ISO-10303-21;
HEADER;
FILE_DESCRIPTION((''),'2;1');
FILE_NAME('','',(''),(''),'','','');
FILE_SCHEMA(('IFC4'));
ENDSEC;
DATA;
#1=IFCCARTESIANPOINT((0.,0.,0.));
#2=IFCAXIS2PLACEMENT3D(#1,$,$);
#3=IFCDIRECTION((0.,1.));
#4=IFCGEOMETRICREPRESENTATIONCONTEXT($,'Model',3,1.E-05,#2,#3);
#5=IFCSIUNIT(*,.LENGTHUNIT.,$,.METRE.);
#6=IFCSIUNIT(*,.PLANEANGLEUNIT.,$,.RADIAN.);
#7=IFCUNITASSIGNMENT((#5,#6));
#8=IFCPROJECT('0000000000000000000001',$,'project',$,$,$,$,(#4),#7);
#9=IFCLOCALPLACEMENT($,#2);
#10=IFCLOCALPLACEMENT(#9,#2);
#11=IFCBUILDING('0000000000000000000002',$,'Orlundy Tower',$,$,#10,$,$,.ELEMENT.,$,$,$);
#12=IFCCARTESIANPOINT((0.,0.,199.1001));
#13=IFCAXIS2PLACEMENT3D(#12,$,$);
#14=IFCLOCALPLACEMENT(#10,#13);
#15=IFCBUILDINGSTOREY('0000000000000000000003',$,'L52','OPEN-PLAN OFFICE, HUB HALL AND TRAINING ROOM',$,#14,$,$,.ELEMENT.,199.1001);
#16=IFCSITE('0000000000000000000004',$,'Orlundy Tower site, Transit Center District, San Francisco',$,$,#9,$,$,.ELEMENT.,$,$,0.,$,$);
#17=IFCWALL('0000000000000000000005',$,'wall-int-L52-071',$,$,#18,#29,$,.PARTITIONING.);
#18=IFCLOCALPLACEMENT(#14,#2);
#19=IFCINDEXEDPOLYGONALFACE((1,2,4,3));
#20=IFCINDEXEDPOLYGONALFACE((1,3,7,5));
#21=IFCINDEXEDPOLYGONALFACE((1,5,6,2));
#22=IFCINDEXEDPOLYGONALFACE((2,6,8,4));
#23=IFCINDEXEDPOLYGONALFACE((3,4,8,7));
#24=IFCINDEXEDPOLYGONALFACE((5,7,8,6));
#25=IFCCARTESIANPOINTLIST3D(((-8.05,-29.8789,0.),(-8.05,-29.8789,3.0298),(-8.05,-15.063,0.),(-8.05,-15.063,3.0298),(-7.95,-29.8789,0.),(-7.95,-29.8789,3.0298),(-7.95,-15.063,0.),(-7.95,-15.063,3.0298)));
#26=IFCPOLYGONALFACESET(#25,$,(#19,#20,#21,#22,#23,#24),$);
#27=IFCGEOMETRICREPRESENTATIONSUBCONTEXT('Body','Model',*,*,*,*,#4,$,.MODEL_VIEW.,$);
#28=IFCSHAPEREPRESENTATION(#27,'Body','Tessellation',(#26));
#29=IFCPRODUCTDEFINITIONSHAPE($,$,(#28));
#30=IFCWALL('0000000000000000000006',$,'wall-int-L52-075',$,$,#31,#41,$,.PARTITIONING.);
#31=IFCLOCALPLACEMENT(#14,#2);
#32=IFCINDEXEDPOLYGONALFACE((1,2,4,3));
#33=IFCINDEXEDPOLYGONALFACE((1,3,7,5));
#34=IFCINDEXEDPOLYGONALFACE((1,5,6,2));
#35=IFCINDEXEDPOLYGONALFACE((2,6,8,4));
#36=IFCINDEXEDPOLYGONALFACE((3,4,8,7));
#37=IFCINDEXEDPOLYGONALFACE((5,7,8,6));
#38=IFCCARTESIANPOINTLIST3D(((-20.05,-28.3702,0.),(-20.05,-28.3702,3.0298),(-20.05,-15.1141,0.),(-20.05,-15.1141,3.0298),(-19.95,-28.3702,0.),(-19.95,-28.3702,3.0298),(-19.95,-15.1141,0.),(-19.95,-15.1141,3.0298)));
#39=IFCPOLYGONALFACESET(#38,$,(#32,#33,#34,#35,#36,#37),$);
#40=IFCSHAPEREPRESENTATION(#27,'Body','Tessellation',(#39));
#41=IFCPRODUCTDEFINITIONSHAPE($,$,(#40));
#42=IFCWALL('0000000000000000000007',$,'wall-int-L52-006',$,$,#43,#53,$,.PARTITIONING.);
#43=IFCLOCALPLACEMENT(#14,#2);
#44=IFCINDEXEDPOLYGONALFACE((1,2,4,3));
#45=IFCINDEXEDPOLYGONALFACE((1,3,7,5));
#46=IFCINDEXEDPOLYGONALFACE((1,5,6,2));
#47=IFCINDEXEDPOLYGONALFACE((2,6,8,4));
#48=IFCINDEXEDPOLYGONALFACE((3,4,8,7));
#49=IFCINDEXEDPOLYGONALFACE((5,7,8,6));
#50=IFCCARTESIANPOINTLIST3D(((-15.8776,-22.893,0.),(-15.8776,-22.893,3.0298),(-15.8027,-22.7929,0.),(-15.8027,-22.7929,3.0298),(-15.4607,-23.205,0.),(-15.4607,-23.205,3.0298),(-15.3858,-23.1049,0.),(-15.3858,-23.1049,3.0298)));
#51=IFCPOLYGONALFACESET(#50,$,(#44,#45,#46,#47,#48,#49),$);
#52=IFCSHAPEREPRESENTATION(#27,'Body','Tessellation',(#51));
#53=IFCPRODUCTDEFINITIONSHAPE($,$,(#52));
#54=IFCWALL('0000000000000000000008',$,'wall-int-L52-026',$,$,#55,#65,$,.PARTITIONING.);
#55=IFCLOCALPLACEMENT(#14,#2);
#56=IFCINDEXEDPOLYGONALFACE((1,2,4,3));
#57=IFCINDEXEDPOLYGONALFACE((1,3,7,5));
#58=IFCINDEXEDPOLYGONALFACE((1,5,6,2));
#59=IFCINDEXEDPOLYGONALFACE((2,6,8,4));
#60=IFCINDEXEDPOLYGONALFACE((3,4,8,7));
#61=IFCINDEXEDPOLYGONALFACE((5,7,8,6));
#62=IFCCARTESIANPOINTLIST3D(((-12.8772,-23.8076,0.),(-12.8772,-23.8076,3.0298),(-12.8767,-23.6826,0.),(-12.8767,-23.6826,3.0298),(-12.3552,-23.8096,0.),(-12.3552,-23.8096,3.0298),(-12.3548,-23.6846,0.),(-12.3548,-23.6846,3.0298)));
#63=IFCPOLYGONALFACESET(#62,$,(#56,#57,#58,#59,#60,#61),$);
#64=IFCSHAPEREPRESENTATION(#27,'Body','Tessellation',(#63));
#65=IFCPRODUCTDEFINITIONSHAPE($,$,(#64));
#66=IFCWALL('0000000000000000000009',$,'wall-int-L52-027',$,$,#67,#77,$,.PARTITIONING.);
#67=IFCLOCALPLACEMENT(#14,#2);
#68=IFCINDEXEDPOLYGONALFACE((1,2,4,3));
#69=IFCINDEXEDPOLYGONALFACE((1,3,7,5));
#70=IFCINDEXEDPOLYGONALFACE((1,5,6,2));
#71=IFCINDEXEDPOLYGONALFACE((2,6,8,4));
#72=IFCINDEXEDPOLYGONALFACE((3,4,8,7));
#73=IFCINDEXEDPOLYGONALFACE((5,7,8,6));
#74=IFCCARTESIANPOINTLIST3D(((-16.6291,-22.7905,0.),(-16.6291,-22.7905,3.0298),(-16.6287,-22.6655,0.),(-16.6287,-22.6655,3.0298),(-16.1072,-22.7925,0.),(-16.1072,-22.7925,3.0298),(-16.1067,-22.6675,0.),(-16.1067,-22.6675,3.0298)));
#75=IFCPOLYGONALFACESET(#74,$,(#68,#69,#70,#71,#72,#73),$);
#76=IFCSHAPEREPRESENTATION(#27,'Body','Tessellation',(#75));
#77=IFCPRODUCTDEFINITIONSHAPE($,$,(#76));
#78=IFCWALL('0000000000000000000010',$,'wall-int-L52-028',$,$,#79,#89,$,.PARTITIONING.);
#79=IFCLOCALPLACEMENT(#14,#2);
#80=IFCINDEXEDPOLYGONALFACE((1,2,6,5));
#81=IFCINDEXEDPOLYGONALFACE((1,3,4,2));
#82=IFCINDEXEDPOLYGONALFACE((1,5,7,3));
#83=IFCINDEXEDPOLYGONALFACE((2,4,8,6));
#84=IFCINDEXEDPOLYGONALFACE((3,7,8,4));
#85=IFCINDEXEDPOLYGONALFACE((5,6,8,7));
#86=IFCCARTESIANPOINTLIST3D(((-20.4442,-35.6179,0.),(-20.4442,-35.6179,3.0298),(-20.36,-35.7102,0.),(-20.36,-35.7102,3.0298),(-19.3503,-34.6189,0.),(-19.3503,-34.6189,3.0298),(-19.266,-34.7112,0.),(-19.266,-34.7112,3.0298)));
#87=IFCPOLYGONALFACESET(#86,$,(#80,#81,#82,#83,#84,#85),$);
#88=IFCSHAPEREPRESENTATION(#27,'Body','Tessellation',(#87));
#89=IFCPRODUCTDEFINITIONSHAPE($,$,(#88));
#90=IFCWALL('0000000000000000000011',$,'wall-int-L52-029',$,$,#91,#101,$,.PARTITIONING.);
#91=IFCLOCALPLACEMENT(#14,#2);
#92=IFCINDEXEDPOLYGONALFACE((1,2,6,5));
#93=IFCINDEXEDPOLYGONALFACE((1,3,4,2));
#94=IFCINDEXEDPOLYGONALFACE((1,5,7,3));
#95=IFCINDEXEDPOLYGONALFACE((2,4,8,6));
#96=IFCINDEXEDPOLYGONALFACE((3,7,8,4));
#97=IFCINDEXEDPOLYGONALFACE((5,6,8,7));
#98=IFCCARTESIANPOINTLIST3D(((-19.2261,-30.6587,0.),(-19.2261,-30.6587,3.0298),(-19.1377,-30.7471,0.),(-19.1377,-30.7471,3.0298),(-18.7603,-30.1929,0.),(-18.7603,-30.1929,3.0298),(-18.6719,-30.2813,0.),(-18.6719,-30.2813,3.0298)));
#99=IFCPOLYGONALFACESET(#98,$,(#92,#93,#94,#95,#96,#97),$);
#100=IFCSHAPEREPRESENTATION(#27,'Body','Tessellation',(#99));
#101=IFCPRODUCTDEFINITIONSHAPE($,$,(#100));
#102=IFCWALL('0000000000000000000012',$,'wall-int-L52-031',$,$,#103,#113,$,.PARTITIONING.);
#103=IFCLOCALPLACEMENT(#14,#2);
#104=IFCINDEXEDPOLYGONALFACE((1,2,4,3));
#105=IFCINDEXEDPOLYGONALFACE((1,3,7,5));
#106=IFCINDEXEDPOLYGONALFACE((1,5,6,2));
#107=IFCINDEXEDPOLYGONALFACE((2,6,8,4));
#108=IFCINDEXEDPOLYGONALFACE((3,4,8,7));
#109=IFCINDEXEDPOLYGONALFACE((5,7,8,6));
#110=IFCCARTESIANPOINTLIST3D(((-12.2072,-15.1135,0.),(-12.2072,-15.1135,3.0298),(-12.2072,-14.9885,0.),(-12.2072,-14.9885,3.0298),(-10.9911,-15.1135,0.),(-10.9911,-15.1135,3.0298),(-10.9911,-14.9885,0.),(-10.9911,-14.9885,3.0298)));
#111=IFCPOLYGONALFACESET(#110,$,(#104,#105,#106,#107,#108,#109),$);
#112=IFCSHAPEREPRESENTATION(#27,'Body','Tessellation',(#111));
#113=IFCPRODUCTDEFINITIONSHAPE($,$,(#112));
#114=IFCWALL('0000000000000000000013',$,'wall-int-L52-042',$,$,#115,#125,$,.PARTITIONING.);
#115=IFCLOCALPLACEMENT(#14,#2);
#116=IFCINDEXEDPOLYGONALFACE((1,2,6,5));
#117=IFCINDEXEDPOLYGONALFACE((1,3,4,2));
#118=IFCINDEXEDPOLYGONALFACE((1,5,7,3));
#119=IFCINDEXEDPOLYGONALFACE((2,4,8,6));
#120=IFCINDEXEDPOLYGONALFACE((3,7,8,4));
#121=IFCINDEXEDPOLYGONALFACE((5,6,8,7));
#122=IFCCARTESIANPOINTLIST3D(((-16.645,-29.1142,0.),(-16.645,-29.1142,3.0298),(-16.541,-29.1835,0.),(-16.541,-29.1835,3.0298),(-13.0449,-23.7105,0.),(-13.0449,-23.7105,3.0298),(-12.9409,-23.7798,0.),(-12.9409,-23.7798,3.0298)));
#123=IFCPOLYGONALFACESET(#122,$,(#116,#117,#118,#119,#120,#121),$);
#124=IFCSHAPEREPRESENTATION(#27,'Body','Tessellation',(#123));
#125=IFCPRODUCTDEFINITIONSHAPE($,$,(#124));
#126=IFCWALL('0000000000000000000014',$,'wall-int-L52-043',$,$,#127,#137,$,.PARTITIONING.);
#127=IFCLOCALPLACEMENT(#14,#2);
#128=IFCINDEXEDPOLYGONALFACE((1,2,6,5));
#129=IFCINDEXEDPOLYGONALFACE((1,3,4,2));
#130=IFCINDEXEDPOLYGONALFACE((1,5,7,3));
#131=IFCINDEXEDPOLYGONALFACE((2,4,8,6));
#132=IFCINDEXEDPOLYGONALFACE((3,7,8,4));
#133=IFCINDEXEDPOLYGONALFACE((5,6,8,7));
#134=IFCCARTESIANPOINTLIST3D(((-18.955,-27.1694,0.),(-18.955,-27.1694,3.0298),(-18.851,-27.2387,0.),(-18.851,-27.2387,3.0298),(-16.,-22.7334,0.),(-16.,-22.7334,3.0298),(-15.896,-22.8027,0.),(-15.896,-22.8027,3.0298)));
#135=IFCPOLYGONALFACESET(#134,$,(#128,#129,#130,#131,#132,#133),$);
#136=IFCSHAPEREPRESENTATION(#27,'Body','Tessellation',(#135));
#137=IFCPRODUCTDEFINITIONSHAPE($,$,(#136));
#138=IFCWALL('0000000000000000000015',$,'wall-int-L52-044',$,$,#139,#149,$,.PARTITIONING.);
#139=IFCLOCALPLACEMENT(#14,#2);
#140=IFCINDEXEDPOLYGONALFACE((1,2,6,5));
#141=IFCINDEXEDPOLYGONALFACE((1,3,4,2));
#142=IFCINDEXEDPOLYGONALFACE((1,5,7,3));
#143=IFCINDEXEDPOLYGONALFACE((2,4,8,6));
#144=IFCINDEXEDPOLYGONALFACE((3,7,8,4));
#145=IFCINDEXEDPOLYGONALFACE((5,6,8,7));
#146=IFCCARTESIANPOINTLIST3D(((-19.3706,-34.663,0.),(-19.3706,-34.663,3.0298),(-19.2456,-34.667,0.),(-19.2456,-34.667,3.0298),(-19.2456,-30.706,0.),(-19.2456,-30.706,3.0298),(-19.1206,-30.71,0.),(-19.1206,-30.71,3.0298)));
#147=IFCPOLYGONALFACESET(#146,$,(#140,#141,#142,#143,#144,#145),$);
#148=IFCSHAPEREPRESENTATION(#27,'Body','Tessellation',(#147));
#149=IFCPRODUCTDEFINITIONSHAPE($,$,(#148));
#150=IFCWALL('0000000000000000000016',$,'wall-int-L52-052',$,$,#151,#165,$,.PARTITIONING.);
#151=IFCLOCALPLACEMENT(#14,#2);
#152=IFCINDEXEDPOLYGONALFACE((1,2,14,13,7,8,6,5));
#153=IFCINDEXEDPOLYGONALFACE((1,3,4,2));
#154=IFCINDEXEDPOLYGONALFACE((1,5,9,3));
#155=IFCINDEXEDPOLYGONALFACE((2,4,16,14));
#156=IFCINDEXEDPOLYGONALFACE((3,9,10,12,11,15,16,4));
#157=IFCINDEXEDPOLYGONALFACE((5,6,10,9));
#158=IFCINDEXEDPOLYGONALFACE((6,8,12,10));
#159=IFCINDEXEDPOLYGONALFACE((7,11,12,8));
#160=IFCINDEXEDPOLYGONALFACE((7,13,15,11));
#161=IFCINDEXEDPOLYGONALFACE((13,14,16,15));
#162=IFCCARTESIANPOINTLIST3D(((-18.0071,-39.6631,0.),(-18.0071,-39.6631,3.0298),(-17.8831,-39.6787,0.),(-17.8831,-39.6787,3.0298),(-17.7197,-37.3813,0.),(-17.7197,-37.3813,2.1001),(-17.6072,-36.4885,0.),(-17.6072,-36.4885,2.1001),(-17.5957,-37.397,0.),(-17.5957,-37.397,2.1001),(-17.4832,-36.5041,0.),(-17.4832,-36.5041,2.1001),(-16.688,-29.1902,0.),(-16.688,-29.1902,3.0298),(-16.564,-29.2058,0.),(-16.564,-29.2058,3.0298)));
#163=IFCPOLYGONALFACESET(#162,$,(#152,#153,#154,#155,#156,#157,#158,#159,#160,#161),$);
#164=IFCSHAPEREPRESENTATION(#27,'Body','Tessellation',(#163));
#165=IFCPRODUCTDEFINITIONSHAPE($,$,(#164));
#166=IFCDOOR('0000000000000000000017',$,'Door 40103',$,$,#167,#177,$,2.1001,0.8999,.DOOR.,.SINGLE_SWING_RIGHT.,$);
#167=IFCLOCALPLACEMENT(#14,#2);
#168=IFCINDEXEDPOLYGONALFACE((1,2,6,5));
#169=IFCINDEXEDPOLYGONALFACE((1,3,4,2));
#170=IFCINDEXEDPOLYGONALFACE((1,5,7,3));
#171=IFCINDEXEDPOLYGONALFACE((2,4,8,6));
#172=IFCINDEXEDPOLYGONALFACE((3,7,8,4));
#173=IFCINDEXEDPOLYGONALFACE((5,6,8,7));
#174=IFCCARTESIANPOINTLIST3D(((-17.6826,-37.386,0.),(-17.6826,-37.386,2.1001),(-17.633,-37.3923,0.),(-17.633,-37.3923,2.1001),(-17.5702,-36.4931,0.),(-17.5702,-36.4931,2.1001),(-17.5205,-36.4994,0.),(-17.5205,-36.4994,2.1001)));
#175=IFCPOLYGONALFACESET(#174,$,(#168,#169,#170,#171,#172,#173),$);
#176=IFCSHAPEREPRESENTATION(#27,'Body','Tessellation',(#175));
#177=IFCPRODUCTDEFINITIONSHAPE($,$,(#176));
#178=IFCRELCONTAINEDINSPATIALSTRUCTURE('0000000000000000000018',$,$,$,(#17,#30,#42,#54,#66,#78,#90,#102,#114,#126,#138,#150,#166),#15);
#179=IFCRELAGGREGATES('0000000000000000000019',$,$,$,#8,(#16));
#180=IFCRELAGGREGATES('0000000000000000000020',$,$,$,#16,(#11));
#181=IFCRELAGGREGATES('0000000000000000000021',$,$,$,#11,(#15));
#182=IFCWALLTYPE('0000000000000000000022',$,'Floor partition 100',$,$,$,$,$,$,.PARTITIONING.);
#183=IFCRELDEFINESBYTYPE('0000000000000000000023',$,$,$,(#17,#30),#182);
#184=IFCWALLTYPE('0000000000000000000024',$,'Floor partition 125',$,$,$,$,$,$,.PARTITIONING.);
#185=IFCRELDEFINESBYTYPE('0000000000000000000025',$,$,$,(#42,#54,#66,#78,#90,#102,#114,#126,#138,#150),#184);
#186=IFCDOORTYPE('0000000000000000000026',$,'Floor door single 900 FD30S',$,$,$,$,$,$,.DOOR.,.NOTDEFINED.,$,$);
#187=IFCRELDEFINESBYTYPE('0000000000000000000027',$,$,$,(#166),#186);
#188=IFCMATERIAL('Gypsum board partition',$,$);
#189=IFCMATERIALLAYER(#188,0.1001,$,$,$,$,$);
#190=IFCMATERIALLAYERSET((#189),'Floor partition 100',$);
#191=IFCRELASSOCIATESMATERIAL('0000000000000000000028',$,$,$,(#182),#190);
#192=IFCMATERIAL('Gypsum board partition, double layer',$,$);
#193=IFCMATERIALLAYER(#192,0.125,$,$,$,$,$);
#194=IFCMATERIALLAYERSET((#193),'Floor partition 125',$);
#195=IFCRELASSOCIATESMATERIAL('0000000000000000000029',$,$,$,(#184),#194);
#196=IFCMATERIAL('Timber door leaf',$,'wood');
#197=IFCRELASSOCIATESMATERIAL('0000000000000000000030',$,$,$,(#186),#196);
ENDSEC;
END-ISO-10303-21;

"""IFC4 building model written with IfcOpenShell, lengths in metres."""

from ifc_helpers import new_model, si_unit, direction, frame, frame_2d, origin, place, context, subcontext, project, spatial, rectangle, extrude, material, layer, layer_set, type_object, element, fill, save


model = new_model("IFC4")

# Units and contexts
model_context = context("Model", 3, precision=1e-05, world=origin(), true_north=direction((0.0, 1.0)))
body_context = subcontext(model_context, "Body", "Model", "MODEL_VIEW")
ifc_project = project(units=[si_unit("LENGTHUNIT", "METRE"), si_unit("PLANEANGLEUNIT", "RADIAN")], contexts=[model_context])

# Site, building, storey
site_placement = place(None, origin())
site = spatial("IfcSite", under=ifc_project, at=site_placement, Name="Orlundy Tower site, Transit Center District, San Francisco", CompositionType="ELEMENT", RefElevation=0.0)
building_placement = place(site_placement, origin())
building = spatial("IfcBuilding", under=site, at=building_placement, Name="Orlundy Tower", CompositionType="ELEMENT")
storey_placement = place(building_placement, frame((0.0, 0.0, 199.1001)))
storey = spatial("IfcBuildingStorey", under=building, at=storey_placement, Name="L52", Description="OPEN-PLAN OFFICE, HUB HALL AND TRAINING ROOM", CompositionType="ELEMENT", Elevation=199.1001)

# Walls
ifc_material_1 = material(Name="Gypsum board partition")
ifc_layer_1 = layer(ifc_material_1, 0.1001)
ifc_layer_set_1 = layer_set([ifc_layer_1], Name="Floor partition 100")
wall_type_1 = type_object("IfcWallType", Name="Floor partition 100", PredefinedType="PARTITIONING", material=ifc_layer_set_1)
wall_1_placement = place(storey_placement, frame((-8.0, -29.8789, 0.0), z_axis=(0.0, 0.0, 1.0), x_axis=(0.0, 1.0, 0.0)))
element("IfcWall", 1, at=wall_1_placement, inside=storey, type_object=wall_type_1, Name="wall-int-L52-071", PredefinedType="PARTITIONING", context=body_context, shape_type="SweptSolid", body=[
    extrude(rectangle(XDim=14.8159, YDim=0.1001, at=frame_2d((7.408, 0.0))), origin(), (0.0, 0.0, 1.0), 3.0298),
])
wall_2_placement = place(storey_placement, frame((-20.0, -28.3701, 0.0), z_axis=(0.0, 0.0, 1.0), x_axis=(0.0, 1.0, 0.0)))
element("IfcWall", 2, at=wall_2_placement, inside=storey, type_object=wall_type_1, Name="wall-int-L52-075", PredefinedType="PARTITIONING", context=body_context, shape_type="SweptSolid", body=[
    extrude(rectangle(XDim=13.2561, YDim=0.1001, at=frame_2d((6.6279, 0.0))), origin(), (0.0, 0.0, 1.0), 3.0298),
])
ifc_material_2 = material(Name="Gypsum board partition, double layer")
ifc_layer_2 = layer(ifc_material_2, 0.125)
ifc_layer_set_2 = layer_set([ifc_layer_2], Name="Floor partition 125")
wall_type_2 = type_object("IfcWallType", Name="Floor partition 125", PredefinedType="PARTITIONING", material=ifc_layer_set_2)
wall_3_placement = place(storey_placement, frame((-15.8401, -22.843, 0.0), z_axis=(0.0, 0.0, 1.0), x_axis=(0.800675, -0.5991, 0.0)))
element("IfcWall", 3, at=wall_3_placement, inside=storey, type_object=wall_type_2, Name="wall-int-L52-006", PredefinedType="PARTITIONING", context=body_context, shape_type="SweptSolid", body=[
    extrude(rectangle(XDim=0.5208, YDim=0.125, at=frame_2d((0.2603, 0.0))), origin(), (0.0, 0.0, 1.0), 3.0298),
])
for number, where, z_axis, x_axis, name in (
    (4, (-12.877, -23.7451, 0.0), (0.0, 0.0, 1.0), (0.999993, -0.003742, 0.0), "wall-int-L52-026"),
    (5, (-16.6289, -22.728, 0.0), (0.0, 0.0, 1.0), (0.999993, -0.003742, 0.0), "wall-int-L52-027"),
):
    element("IfcWall", number, at=place(storey_placement, frame(where, z_axis=z_axis, x_axis=x_axis)), inside=storey, type_object=wall_type_2, Name=name, PredefinedType="PARTITIONING", context=body_context, shape_type="SweptSolid", body=[
        extrude(rectangle(XDim=0.522, YDim=0.125, at=frame_2d((0.261, 0.0))), origin(), (0.0, 0.0, 1.0), 3.0298),
    ])
wall_4_placement = place(storey_placement, frame((-20.4021, -35.6641, 0.0), z_axis=(0.0, 0.0, 1.0), x_axis=(0.738432, 0.674328, 0.0)))
element("IfcWall", 6, at=wall_4_placement, inside=storey, type_object=wall_type_2, Name="wall-int-L52-028", PredefinedType="PARTITIONING", context=body_context, shape_type="SweptSolid", body=[
    extrude(rectangle(XDim=1.4814, YDim=0.125, at=frame_2d((0.7407, 0.0))), origin(), (0.0, 0.0, 1.0), 3.0298),
])
wall_5_placement = place(storey_placement, frame((-19.1819, -30.7029, 0.0), z_axis=(0.0, 0.0, 1.0), x_axis=(0.707107, 0.707107, 0.0)))
element("IfcWall", 7, at=wall_5_placement, inside=storey, type_object=wall_type_2, Name="wall-int-L52-029", PredefinedType="PARTITIONING", context=body_context, shape_type="SweptSolid", body=[
    extrude(rectangle(XDim=0.6587, YDim=0.125, at=frame_2d((0.3293, 0.0))), origin(), (0.0, 0.0, 1.0), 3.0298),
])
wall_6_placement = place(storey_placement, frame((-12.207, -15.051, 0.0), z_axis=(0.0, 0.0, 1.0), x_axis=(1.0, 0.0, 0.0)))
element("IfcWall", 8, at=wall_6_placement, inside=storey, type_object=wall_type_2, Name="wall-int-L52-031", PredefinedType="PARTITIONING", context=body_context, shape_type="SweptSolid", body=[
    extrude(rectangle(XDim=1.2161, YDim=0.125, at=frame_2d((0.6079, 0.0))), origin(), (0.0, 0.0, 1.0), 3.0298),
])
wall_7_placement = place(storey_placement, frame((-12.9929, -23.7451, 0.0), z_axis=(0.0, 0.0, 1.0), x_axis=(-0.55444, -0.832224, 0.0)))
element("IfcWall", 9, at=wall_7_placement, inside=storey, type_object=wall_type_2, Name="wall-int-L52-042", PredefinedType="PARTITIONING", context=body_context, shape_type="SweptSolid", body=[
    extrude(rectangle(XDim=6.4932, YDim=0.125, at=frame_2d((3.2466, 0.0))), origin(), (0.0, 0.0, 1.0), 3.0298),
])
wall_8_placement = place(storey_placement, frame((-15.948, -22.7681, 0.0), z_axis=(0.0, 0.0, 1.0), x_axis=(-0.554404, -0.832248, 0.0)))
element("IfcWall", 10, at=wall_8_placement, inside=storey, type_object=wall_type_2, Name="wall-int-L52-043", PredefinedType="PARTITIONING", context=body_context, shape_type="SweptSolid", body=[
    extrude(rectangle(XDim=5.3301, YDim=0.125, at=frame_2d((2.665, 0.0))), origin(), (0.0, 0.0, 1.0), 3.0298),
])
wall_9_placement = place(storey_placement, frame((-19.1831, -30.708, 0.0), z_axis=(0.0, 0.0, 1.0), x_axis=(-0.031574, -0.999501, 0.0)))
element("IfcWall", 11, at=wall_9_placement, inside=storey, type_object=wall_type_2, Name="wall-int-L52-044", PredefinedType="PARTITIONING", context=body_context, shape_type="SweptSolid", body=[
    extrude(rectangle(XDim=3.959, YDim=0.125, at=frame_2d((1.9795, 0.0))), origin(), (0.0, 0.0, 1.0), 3.0298),
])

# Wall, opening, door
wall_10_placement = place(storey_placement, frame((-16.626, -29.198, 0.0), z_axis=(0.0, 0.0, 1.0), x_axis=(-0.124966, -0.992161, 0.0)))
wall_10 = element("IfcWall", 12, at=wall_10_placement, inside=storey, type_object=wall_type_2, Name="wall-int-L52-052", PredefinedType="PARTITIONING", context=body_context, shape_type="SweptSolid", body=[
    extrude(rectangle(XDim=10.5557, YDim=0.125, at=frame_2d((5.2778, 0.0))), origin(), (0.0, 0.0, 1.0), 3.0298),
])
opening_1_placement = place(wall_10_placement, frame((7.356, 0.0, 0.0)))
opening_1 = element("IfcOpeningElement", 13, at=opening_1_placement, cuts=wall_10, PredefinedType="OPENING", context=body_context, shape_type="SweptSolid", body=[
    extrude(rectangle(XDim=0.8999, YDim=2.1001, at=frame_2d((0.45, 1.05))), frame((0.0, 0.0725, 0.0), z_axis=(0.0, -1.0, 0.0), x_axis=(1.0, 0.0, 0.0)), (0.0, 0.0, 1.0), 0.145),
])
ifc_material_3 = material(Name="Timber door leaf", Category="wood")
door_type_1 = type_object("IfcDoorType", Name="Floor door single 900 FD30S", OperationType="NOTDEFINED", PredefinedType="DOOR", material=ifc_material_3)
door_1_placement = place(opening_1_placement, origin())
door_1 = element("IfcDoor", 14, at=door_1_placement, inside=storey, type_object=door_type_1, Name="Door 40103", OperationType="SINGLE_SWING_RIGHT", OverallHeight=2.1001, OverallWidth=0.8999, PredefinedType="DOOR", context=body_context, shape_type="SweptSolid", body=[
    extrude(rectangle(XDim=0.8999, YDim=2.1001, at=frame_2d((0.45, 1.05))), frame((0.0, 0.0249, 0.0), z_axis=(0.0, -1.0, 0.0), x_axis=(1.0, 0.0, 0.0)), (0.0, 0.0, 1.0), 0.05),
])
fill(opening_1, door_1)

save(model, "model.ifc")
